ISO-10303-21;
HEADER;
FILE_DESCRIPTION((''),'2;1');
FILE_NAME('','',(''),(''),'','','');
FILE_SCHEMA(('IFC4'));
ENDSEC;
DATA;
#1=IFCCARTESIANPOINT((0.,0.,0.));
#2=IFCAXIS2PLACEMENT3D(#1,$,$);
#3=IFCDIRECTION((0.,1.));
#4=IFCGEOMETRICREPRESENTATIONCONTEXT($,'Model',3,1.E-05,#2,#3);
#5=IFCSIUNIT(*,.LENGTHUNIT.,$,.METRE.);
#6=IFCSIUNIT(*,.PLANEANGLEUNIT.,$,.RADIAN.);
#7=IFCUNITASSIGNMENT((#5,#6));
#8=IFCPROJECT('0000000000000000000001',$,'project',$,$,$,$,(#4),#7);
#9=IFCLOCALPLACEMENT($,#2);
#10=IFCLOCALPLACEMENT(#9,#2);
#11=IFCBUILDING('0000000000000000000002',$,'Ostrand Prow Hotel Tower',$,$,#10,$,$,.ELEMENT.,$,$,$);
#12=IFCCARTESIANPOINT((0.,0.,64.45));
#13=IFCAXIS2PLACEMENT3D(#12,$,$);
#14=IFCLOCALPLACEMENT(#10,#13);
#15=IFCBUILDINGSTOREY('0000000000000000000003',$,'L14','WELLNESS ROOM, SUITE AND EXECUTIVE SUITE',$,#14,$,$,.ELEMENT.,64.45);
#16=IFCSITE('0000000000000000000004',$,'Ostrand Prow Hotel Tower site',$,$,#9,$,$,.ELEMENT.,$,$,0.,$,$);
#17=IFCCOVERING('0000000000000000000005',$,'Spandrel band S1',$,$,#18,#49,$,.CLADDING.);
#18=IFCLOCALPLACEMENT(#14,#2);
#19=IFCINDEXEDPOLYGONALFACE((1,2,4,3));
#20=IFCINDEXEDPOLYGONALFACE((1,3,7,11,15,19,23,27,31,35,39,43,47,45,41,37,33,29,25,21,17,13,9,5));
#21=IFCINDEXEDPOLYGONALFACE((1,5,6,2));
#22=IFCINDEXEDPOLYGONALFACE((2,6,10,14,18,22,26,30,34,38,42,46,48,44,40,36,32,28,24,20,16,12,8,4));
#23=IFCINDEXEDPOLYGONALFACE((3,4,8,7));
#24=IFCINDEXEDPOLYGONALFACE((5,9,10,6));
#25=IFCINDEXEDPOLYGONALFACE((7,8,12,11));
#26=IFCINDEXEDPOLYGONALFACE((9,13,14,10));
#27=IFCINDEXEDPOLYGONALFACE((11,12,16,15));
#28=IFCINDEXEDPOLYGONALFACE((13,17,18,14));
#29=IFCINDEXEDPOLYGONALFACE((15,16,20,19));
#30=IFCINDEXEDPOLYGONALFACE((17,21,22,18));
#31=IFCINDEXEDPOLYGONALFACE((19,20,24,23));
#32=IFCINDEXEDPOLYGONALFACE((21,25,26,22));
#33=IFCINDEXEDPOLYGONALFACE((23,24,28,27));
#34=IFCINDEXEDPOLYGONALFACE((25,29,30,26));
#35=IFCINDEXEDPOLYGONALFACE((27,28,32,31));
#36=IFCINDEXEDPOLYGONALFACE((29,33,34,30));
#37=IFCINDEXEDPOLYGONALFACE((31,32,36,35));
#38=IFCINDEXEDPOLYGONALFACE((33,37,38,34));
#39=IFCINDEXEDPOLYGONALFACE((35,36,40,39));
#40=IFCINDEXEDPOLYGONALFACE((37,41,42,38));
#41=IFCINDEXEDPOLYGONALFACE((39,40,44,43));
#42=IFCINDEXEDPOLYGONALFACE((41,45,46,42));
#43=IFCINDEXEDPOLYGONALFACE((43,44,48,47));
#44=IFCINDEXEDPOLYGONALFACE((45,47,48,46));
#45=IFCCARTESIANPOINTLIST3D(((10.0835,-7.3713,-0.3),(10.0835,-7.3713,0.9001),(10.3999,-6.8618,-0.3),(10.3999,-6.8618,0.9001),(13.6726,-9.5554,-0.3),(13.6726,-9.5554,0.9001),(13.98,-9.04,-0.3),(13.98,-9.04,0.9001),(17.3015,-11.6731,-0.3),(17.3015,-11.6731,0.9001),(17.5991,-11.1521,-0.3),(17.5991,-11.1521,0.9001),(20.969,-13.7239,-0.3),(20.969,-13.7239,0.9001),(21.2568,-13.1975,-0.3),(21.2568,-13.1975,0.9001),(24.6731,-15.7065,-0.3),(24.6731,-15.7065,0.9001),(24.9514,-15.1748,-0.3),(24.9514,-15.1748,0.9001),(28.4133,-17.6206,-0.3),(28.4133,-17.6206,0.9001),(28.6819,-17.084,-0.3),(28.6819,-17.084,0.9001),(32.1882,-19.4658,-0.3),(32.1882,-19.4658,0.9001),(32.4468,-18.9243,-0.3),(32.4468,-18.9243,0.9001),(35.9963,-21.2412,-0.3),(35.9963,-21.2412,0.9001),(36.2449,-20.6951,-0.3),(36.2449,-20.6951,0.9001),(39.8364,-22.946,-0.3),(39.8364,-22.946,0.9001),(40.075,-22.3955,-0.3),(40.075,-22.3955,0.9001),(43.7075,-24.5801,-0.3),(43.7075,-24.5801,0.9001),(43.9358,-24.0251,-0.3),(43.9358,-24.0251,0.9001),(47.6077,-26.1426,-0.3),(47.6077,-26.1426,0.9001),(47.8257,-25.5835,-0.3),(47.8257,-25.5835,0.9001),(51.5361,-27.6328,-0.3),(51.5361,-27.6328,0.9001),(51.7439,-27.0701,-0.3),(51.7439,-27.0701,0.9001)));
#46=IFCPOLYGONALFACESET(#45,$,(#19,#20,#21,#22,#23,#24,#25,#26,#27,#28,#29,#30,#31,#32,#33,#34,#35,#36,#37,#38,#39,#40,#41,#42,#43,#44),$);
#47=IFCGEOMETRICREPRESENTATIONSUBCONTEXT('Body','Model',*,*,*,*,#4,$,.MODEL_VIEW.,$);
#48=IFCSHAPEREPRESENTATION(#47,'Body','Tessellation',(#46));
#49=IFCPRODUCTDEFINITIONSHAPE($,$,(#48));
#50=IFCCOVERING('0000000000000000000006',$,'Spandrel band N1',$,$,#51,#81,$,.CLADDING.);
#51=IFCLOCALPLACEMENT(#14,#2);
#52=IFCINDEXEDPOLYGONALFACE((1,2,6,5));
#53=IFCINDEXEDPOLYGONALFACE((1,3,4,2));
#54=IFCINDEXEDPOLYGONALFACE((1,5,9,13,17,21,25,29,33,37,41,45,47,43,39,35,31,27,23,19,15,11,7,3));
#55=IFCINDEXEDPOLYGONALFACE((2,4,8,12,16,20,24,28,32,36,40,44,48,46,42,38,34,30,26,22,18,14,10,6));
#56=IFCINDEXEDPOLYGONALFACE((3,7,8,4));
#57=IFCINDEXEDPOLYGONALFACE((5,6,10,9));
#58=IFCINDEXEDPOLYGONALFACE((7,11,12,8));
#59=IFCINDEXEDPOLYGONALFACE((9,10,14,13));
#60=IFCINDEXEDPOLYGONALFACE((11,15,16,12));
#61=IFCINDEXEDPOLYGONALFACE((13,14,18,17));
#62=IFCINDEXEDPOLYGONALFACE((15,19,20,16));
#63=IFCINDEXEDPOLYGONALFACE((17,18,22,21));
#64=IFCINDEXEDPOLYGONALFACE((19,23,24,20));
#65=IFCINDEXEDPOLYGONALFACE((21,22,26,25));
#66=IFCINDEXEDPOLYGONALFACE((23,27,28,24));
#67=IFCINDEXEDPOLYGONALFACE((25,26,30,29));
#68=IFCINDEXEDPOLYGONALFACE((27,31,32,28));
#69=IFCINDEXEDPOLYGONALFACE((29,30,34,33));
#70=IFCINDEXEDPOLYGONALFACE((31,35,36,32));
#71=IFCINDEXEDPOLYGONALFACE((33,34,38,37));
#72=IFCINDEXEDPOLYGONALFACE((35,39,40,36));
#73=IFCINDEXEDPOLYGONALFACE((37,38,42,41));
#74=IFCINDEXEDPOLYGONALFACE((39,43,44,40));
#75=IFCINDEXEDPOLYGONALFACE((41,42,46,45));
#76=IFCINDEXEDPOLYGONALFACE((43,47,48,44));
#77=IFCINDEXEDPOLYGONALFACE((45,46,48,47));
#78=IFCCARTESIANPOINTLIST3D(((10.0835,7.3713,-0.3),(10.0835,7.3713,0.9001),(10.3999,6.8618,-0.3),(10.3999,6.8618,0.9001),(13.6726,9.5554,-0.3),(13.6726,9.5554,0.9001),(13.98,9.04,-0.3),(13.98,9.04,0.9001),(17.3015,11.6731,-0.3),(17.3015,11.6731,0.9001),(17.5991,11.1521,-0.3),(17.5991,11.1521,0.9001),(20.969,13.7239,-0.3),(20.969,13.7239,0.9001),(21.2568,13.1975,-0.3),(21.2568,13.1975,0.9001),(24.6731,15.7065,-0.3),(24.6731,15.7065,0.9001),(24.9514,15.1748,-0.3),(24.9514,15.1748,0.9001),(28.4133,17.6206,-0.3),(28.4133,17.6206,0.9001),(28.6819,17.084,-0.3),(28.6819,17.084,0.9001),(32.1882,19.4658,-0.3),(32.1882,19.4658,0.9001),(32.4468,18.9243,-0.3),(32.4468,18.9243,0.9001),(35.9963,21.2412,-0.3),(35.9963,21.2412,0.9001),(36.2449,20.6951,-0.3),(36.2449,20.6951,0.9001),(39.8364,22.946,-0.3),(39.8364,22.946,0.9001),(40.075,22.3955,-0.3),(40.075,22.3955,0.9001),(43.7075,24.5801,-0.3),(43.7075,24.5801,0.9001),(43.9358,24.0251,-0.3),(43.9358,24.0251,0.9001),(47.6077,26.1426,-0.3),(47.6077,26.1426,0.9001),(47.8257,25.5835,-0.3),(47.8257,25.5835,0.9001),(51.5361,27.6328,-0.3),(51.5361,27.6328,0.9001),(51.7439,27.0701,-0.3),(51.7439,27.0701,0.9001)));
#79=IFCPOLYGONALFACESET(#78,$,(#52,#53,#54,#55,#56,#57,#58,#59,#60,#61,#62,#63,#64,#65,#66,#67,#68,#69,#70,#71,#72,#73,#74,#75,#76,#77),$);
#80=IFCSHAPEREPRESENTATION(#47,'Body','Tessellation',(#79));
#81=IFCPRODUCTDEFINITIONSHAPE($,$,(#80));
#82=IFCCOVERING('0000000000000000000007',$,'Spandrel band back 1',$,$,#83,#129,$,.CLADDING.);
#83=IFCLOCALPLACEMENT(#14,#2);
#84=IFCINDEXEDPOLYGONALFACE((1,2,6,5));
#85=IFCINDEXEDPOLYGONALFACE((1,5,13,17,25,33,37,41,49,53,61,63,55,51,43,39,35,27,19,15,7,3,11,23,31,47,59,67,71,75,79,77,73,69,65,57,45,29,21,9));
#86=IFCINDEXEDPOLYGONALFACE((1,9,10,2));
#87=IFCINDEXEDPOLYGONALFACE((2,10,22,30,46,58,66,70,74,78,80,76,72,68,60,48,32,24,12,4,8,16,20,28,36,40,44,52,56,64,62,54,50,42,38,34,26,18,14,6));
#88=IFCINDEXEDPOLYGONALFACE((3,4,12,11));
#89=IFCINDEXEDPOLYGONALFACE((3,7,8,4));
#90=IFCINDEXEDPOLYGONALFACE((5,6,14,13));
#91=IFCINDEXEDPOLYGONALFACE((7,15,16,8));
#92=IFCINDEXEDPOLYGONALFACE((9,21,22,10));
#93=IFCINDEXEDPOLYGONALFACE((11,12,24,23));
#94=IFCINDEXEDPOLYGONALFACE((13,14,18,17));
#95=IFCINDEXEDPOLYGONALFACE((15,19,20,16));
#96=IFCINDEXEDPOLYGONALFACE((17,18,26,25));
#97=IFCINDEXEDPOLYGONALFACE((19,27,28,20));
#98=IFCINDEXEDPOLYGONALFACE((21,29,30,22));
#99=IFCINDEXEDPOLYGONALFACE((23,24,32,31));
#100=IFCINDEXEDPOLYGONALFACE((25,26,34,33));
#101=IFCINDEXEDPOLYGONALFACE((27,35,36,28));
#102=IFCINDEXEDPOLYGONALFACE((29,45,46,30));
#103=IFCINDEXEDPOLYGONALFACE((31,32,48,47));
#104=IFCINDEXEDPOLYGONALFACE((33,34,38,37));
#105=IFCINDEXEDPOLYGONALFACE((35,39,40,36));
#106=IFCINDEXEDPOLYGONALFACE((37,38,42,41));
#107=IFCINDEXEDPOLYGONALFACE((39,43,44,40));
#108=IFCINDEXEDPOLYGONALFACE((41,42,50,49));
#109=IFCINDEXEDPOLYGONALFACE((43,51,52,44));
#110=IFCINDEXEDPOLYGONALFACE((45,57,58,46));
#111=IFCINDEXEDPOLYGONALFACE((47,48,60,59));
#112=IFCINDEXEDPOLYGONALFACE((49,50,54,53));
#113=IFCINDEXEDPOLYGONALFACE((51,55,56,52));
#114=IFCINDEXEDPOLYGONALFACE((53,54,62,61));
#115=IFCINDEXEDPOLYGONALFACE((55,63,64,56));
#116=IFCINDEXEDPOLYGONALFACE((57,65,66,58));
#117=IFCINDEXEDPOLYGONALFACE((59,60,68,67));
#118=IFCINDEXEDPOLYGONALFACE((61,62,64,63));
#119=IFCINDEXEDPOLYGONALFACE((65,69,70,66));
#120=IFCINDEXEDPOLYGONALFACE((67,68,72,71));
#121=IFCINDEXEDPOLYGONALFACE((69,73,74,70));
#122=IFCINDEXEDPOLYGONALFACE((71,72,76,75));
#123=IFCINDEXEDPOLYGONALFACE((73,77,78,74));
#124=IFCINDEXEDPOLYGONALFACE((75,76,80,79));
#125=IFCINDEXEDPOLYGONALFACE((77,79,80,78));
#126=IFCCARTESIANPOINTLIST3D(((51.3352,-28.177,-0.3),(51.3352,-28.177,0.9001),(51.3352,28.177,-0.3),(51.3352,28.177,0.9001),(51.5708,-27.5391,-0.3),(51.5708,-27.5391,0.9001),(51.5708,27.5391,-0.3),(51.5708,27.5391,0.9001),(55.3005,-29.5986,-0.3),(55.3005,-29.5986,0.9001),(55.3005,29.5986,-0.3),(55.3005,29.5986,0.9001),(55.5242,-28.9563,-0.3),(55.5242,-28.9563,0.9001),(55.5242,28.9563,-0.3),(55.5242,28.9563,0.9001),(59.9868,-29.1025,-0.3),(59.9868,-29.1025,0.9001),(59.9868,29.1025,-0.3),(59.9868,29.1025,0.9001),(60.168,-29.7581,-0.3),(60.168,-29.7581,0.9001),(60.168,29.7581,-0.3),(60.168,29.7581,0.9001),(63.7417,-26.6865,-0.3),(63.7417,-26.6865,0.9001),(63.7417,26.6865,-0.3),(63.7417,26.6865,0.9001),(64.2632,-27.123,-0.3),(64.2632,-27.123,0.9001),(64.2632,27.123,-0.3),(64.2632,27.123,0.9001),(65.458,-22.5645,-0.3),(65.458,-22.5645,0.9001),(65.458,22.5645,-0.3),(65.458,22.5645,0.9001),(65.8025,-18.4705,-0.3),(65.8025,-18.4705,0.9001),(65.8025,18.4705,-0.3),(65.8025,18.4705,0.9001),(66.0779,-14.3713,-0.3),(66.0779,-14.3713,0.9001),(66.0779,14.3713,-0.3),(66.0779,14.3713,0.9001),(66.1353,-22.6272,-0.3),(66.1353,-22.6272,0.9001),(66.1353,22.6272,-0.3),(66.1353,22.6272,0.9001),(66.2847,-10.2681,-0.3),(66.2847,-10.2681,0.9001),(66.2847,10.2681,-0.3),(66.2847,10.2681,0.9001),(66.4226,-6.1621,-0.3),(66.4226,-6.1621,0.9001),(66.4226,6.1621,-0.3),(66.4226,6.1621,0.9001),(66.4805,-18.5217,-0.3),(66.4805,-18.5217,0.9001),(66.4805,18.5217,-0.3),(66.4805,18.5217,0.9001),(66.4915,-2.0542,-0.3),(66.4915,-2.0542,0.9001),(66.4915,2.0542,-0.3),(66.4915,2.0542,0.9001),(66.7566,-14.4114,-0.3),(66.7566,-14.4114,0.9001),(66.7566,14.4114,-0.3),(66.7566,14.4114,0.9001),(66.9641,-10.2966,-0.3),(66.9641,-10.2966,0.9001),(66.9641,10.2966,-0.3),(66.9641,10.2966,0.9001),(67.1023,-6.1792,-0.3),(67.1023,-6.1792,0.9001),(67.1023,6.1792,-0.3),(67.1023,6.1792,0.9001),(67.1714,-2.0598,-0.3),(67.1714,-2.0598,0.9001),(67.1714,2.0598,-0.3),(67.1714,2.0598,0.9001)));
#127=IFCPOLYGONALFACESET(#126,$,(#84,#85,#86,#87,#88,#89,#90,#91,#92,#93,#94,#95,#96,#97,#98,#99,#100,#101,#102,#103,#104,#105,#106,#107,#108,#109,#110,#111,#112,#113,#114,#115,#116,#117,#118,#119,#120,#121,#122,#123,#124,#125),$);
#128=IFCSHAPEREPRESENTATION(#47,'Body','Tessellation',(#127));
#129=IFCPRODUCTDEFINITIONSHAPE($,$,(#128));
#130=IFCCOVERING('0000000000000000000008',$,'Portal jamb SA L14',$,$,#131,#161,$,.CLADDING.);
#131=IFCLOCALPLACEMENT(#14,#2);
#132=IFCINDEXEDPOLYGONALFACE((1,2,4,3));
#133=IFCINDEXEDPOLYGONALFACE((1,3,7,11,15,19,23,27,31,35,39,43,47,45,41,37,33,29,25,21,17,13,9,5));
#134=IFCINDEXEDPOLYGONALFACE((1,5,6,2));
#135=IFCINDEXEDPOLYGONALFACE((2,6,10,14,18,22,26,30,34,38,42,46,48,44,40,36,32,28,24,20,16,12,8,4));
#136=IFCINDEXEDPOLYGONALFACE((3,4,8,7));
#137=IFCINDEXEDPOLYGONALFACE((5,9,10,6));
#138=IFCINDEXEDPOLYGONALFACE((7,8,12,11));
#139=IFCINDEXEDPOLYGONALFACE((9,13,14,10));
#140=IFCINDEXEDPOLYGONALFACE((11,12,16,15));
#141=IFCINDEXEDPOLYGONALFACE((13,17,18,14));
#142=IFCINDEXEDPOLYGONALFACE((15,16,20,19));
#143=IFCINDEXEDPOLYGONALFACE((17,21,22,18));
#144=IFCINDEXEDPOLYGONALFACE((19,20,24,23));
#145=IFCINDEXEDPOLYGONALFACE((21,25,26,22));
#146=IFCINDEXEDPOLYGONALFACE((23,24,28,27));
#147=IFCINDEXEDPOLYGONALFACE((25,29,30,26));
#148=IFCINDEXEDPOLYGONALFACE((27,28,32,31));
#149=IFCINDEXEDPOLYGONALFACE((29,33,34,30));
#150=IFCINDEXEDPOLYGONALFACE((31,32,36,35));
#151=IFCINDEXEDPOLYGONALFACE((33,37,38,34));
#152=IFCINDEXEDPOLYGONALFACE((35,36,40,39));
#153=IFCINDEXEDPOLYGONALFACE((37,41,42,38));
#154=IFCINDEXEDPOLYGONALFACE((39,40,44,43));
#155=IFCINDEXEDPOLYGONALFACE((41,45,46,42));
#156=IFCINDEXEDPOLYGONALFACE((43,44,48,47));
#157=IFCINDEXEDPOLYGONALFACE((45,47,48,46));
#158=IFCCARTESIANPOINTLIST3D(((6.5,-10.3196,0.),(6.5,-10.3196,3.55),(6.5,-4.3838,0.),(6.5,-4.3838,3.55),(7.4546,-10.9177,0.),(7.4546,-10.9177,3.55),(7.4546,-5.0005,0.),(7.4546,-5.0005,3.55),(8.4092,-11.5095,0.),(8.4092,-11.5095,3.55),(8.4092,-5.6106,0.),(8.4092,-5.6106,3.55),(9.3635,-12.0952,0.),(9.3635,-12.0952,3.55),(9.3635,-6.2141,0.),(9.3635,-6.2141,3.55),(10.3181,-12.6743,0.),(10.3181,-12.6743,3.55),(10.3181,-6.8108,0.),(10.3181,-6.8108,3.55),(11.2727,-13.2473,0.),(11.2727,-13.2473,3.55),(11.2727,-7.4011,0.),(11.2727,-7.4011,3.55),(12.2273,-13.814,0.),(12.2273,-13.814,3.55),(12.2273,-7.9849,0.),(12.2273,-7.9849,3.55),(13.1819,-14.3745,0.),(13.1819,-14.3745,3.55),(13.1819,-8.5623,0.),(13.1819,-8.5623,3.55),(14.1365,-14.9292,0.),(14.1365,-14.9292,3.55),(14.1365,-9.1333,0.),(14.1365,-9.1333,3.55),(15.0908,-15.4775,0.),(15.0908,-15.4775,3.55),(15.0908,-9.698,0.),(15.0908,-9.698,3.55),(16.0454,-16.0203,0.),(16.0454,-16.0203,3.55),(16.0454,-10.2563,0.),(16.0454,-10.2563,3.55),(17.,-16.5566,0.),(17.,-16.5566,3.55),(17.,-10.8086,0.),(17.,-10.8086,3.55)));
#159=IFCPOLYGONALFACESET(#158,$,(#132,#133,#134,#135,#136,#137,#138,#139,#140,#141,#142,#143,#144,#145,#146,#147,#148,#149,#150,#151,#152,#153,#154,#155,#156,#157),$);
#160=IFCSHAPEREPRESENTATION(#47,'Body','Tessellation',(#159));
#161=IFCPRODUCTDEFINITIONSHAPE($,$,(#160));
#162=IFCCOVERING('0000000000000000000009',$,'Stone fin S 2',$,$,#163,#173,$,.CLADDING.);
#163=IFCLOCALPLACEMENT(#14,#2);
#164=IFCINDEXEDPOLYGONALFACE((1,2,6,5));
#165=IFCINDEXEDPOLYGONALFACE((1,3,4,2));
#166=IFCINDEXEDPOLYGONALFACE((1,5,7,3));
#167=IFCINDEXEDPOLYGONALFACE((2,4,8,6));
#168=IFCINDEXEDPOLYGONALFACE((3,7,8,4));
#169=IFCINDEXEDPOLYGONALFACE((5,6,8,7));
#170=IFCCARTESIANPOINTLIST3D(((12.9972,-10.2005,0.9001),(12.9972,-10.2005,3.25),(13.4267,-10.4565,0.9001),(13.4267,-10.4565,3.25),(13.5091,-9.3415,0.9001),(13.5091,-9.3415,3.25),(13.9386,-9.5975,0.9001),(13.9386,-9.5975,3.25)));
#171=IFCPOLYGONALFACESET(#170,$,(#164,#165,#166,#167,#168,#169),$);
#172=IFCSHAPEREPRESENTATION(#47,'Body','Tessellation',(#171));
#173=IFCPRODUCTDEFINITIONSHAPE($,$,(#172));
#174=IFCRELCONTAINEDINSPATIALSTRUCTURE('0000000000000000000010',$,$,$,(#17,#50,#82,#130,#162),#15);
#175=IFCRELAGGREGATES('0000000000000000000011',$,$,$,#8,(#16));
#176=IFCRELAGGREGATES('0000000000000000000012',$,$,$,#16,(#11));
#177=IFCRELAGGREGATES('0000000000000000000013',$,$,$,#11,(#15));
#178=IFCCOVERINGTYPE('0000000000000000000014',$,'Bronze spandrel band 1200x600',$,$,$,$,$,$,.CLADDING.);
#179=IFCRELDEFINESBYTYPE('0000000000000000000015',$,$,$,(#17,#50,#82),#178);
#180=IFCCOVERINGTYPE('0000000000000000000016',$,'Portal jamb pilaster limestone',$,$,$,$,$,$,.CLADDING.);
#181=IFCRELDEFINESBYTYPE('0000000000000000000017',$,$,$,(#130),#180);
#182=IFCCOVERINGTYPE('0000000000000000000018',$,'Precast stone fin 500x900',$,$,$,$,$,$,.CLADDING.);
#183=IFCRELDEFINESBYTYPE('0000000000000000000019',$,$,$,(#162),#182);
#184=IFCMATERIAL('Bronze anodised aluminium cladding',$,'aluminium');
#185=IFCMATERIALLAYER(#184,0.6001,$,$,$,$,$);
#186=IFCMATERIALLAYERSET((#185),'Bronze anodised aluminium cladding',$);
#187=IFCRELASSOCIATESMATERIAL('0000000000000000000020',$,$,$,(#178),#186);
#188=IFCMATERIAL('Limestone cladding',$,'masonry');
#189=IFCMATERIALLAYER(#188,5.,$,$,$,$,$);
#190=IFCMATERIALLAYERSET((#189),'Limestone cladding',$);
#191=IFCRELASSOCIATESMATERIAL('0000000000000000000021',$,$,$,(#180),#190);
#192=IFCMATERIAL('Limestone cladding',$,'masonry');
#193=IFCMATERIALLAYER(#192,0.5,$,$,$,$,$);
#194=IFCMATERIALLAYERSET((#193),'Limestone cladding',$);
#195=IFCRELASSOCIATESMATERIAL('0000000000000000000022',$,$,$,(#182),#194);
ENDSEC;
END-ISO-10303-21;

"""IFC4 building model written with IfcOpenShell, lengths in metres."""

from ifc_helpers import new_model, si_unit, direction, frame, frame_2d, origin, place, context, subcontext, project, spatial, polyline, rectangle, outline, extrude, material, layer, layer_set, type_object, element, save


model = new_model("IFC4")

# Units and contexts
model_context = context("Model", 3, precision=1e-05, world=origin(), true_north=direction((0.0, 1.0)))
body_context = subcontext(model_context, "Body", "Model", "MODEL_VIEW")
ifc_project = project(units=[si_unit("LENGTHUNIT", "METRE"), si_unit("PLANEANGLEUNIT", "RADIAN")], contexts=[model_context])

# Site, building, storey
site_placement = place(None, origin())
site = spatial("IfcSite", under=ifc_project, at=site_placement, Name="Ostrand Prow Hotel Tower site", CompositionType="ELEMENT", RefElevation=0.0)
building_placement = place(site_placement, origin())
building = spatial("IfcBuilding", under=site, at=building_placement, Name="Ostrand Prow Hotel Tower", CompositionType="ELEMENT")
storey_placement = place(building_placement, frame((0.0, 0.0, 64.45)))
storey = spatial("IfcBuildingStorey", under=building, at=storey_placement, Name="L14", Description="WELLNESS ROOM, SUITE AND EXECUTIVE SUITE", CompositionType="ELEMENT", Elevation=64.45)

# Coverings
ifc_material_1 = material(Name="Bronze anodised aluminium cladding", Category="aluminium")
ifc_layer_1 = layer(ifc_material_1, 0.6001)
ifc_layer_set_1 = layer_set([ifc_layer_1], Name="Bronze anodised aluminium cladding")
covering_type_1 = type_object("IfcCoveringType", Name="Bronze spandrel band 1200x600", PredefinedType="CLADDING", material=ifc_layer_set_1)
covering_1_placement = place(storey_placement, frame((0.0, 0.0, -0.3)))
element("IfcCovering", 1, at=covering_1_placement, inside=storey, type_object=covering_type_1, Name="Spandrel band S1", PredefinedType="CLADDING", context=body_context, shape_type="SweptSolid", body=[
    extrude(outline(polyline([(10.0835, -7.3713), (13.6726, -9.5554), (17.3015, -11.6731), (20.969, -13.7239), (24.6731, -15.7065), (28.4133, -17.6206), (32.1882, -19.4658), (35.9963, -21.2412), (39.8364, -22.946), (43.7075, -24.5801), (47.6077, -26.1426), (51.5361, -27.6328), (51.7439, -27.0701), (47.8257, -25.5835), (43.9358, -24.0251), (40.075, -22.3955), (36.2449, -20.6951), (32.4468, -18.9243), (28.6819, -17.084), (24.9514, -15.1748), (21.2568, -13.1975), (17.5991, -11.1521), (13.98, -9.04), (10.3999, -6.8618), (10.0835, -7.3713)])), origin(), (0.0, 0.0, 1.0), 1.2002),
])
covering_2_placement = place(storey_placement, frame((0.0, 0.0, -0.3)))
element("IfcCovering", 2, at=covering_2_placement, inside=storey, type_object=covering_type_1, Name="Spandrel band N1", PredefinedType="CLADDING", context=body_context, shape_type="SweptSolid", body=[
    extrude(outline(polyline([(51.5361, 27.6328), (47.6077, 26.1426), (43.7075, 24.5801), (39.8364, 22.946), (35.9963, 21.2412), (32.1882, 19.4658), (28.4133, 17.6206), (24.6731, 15.7065), (20.969, 13.7239), (17.3015, 11.6731), (13.6726, 9.5554), (10.0835, 7.3713), (10.3999, 6.8618), (13.98, 9.04), (17.5991, 11.1521), (21.2568, 13.1975), (24.9514, 15.1748), (28.6819, 17.084), (32.4468, 18.9243), (36.2449, 20.6951), (40.075, 22.3955), (43.9358, 24.0251), (47.8257, 25.5835), (51.7439, 27.0701), (51.5361, 27.6328)])), origin(), (0.0, 0.0, 1.0), 1.2002),
])
covering_3_placement = place(storey_placement, frame((0.0, 0.0, -0.3)))
element("IfcCovering", 3, at=covering_3_placement, inside=storey, type_object=covering_type_1, Name="Spandrel band back 1", PredefinedType="CLADDING", context=body_context, shape_type="SweptSolid", body=[
    extrude(outline(polyline([(51.3352, -28.177), (55.3005, -29.5986), (60.168, -29.7581), (64.2632, -27.123), (66.1353, -22.6272), (66.4805, -18.5217), (66.7566, -14.4114), (66.9641, -10.2966), (67.1023, -6.1792), (67.1714, -2.0598), (67.1714, 2.0598), (67.1023, 6.1792), (66.9641, 10.2966), (66.7566, 14.4114), (66.4805, 18.5217), (66.1353, 22.6272), (64.2632, 27.123), (60.168, 29.7581), (55.3005, 29.5986), (51.3352, 28.177), (51.5708, 27.5391), (55.5242, 28.9563), (59.9868, 29.1025), (63.7417, 26.6865), (65.458, 22.5645), (65.8025, 18.4705), (66.0779, 14.3713), (66.2847, 10.2681), (66.4226, 6.1621), (66.4915, 2.0542), (66.4915, -2.0542), (66.4226, -6.1621), (66.2847, -10.2681), (66.0779, -14.3713), (65.8025, -18.4705), (65.458, -22.5645), (63.7417, -26.6865), (59.9868, -29.1025), (55.5242, -28.9563), (51.5708, -27.5391), (51.3352, -28.177)])), origin(), (0.0, 0.0, 1.0), 1.2002),
])
ifc_material_2 = material(Name="Limestone cladding", Category="masonry")
ifc_layer_2 = layer(ifc_material_2, 5.0)
ifc_layer_set_2 = layer_set([ifc_layer_2], Name="Limestone cladding")
covering_type_2 = type_object("IfcCoveringType", Name="Portal jamb pilaster limestone", PredefinedType="CLADDING", material=ifc_layer_set_2)
covering_4_placement = place(storey_placement, origin())
element("IfcCovering", 4, at=covering_4_placement, inside=storey, type_object=covering_type_2, Name="Portal jamb SA L14", PredefinedType="CLADDING", context=body_context, shape_type="SweptSolid", body=[
    extrude(outline(polyline([(6.5, -4.3838), (6.5, -10.3196), (7.4546, -10.9177), (8.4092, -11.5095), (9.3635, -12.0952), (10.3181, -12.6743), (11.2727, -13.2473), (12.2273, -13.814), (13.1819, -14.3745), (14.1365, -14.9292), (15.0908, -15.4775), (16.0454, -16.0203), (17.0, -16.5566), (17.0, -10.8086), (16.0454, -10.2563), (15.0908, -9.698), (14.1365, -9.1333), (13.1819, -8.5623), (12.2273, -7.9849), (11.2727, -7.4011), (10.3181, -6.8108), (9.3635, -6.2141), (8.4092, -5.6106), (7.4546, -5.0005), (6.5, -4.3838)])), origin(), (0.0, 0.0, 1.0), 3.55),
])
ifc_material_3 = material(Name="Limestone cladding", Category="masonry")
ifc_layer_3 = layer(ifc_material_3, 0.5)
ifc_layer_set_3 = layer_set([ifc_layer_3], Name="Limestone cladding")
covering_type_3 = type_object("IfcCoveringType", Name="Precast stone fin 500x900", PredefinedType="CLADDING", material=ifc_layer_set_3)
covering_5_placement = place(storey_placement, frame((13.7239, -9.4695, 0.9001), z_axis=(0.0, 0.0, 1.0), x_axis=(-0.511909, -0.85904, 0.0)))
element("IfcCovering", 5, at=covering_5_placement, inside=storey, type_object=covering_type_3, Name="Stone fin S 2", PredefinedType="CLADDING", context=body_context, shape_type="SweptSolid", body=[
    extrude(rectangle(XDim=1.0, YDim=0.5, at=frame_2d((0.5, 0.0))), origin(), (0.0, 0.0, 1.0), 2.3499),
])

save(model, "model.ifc")
